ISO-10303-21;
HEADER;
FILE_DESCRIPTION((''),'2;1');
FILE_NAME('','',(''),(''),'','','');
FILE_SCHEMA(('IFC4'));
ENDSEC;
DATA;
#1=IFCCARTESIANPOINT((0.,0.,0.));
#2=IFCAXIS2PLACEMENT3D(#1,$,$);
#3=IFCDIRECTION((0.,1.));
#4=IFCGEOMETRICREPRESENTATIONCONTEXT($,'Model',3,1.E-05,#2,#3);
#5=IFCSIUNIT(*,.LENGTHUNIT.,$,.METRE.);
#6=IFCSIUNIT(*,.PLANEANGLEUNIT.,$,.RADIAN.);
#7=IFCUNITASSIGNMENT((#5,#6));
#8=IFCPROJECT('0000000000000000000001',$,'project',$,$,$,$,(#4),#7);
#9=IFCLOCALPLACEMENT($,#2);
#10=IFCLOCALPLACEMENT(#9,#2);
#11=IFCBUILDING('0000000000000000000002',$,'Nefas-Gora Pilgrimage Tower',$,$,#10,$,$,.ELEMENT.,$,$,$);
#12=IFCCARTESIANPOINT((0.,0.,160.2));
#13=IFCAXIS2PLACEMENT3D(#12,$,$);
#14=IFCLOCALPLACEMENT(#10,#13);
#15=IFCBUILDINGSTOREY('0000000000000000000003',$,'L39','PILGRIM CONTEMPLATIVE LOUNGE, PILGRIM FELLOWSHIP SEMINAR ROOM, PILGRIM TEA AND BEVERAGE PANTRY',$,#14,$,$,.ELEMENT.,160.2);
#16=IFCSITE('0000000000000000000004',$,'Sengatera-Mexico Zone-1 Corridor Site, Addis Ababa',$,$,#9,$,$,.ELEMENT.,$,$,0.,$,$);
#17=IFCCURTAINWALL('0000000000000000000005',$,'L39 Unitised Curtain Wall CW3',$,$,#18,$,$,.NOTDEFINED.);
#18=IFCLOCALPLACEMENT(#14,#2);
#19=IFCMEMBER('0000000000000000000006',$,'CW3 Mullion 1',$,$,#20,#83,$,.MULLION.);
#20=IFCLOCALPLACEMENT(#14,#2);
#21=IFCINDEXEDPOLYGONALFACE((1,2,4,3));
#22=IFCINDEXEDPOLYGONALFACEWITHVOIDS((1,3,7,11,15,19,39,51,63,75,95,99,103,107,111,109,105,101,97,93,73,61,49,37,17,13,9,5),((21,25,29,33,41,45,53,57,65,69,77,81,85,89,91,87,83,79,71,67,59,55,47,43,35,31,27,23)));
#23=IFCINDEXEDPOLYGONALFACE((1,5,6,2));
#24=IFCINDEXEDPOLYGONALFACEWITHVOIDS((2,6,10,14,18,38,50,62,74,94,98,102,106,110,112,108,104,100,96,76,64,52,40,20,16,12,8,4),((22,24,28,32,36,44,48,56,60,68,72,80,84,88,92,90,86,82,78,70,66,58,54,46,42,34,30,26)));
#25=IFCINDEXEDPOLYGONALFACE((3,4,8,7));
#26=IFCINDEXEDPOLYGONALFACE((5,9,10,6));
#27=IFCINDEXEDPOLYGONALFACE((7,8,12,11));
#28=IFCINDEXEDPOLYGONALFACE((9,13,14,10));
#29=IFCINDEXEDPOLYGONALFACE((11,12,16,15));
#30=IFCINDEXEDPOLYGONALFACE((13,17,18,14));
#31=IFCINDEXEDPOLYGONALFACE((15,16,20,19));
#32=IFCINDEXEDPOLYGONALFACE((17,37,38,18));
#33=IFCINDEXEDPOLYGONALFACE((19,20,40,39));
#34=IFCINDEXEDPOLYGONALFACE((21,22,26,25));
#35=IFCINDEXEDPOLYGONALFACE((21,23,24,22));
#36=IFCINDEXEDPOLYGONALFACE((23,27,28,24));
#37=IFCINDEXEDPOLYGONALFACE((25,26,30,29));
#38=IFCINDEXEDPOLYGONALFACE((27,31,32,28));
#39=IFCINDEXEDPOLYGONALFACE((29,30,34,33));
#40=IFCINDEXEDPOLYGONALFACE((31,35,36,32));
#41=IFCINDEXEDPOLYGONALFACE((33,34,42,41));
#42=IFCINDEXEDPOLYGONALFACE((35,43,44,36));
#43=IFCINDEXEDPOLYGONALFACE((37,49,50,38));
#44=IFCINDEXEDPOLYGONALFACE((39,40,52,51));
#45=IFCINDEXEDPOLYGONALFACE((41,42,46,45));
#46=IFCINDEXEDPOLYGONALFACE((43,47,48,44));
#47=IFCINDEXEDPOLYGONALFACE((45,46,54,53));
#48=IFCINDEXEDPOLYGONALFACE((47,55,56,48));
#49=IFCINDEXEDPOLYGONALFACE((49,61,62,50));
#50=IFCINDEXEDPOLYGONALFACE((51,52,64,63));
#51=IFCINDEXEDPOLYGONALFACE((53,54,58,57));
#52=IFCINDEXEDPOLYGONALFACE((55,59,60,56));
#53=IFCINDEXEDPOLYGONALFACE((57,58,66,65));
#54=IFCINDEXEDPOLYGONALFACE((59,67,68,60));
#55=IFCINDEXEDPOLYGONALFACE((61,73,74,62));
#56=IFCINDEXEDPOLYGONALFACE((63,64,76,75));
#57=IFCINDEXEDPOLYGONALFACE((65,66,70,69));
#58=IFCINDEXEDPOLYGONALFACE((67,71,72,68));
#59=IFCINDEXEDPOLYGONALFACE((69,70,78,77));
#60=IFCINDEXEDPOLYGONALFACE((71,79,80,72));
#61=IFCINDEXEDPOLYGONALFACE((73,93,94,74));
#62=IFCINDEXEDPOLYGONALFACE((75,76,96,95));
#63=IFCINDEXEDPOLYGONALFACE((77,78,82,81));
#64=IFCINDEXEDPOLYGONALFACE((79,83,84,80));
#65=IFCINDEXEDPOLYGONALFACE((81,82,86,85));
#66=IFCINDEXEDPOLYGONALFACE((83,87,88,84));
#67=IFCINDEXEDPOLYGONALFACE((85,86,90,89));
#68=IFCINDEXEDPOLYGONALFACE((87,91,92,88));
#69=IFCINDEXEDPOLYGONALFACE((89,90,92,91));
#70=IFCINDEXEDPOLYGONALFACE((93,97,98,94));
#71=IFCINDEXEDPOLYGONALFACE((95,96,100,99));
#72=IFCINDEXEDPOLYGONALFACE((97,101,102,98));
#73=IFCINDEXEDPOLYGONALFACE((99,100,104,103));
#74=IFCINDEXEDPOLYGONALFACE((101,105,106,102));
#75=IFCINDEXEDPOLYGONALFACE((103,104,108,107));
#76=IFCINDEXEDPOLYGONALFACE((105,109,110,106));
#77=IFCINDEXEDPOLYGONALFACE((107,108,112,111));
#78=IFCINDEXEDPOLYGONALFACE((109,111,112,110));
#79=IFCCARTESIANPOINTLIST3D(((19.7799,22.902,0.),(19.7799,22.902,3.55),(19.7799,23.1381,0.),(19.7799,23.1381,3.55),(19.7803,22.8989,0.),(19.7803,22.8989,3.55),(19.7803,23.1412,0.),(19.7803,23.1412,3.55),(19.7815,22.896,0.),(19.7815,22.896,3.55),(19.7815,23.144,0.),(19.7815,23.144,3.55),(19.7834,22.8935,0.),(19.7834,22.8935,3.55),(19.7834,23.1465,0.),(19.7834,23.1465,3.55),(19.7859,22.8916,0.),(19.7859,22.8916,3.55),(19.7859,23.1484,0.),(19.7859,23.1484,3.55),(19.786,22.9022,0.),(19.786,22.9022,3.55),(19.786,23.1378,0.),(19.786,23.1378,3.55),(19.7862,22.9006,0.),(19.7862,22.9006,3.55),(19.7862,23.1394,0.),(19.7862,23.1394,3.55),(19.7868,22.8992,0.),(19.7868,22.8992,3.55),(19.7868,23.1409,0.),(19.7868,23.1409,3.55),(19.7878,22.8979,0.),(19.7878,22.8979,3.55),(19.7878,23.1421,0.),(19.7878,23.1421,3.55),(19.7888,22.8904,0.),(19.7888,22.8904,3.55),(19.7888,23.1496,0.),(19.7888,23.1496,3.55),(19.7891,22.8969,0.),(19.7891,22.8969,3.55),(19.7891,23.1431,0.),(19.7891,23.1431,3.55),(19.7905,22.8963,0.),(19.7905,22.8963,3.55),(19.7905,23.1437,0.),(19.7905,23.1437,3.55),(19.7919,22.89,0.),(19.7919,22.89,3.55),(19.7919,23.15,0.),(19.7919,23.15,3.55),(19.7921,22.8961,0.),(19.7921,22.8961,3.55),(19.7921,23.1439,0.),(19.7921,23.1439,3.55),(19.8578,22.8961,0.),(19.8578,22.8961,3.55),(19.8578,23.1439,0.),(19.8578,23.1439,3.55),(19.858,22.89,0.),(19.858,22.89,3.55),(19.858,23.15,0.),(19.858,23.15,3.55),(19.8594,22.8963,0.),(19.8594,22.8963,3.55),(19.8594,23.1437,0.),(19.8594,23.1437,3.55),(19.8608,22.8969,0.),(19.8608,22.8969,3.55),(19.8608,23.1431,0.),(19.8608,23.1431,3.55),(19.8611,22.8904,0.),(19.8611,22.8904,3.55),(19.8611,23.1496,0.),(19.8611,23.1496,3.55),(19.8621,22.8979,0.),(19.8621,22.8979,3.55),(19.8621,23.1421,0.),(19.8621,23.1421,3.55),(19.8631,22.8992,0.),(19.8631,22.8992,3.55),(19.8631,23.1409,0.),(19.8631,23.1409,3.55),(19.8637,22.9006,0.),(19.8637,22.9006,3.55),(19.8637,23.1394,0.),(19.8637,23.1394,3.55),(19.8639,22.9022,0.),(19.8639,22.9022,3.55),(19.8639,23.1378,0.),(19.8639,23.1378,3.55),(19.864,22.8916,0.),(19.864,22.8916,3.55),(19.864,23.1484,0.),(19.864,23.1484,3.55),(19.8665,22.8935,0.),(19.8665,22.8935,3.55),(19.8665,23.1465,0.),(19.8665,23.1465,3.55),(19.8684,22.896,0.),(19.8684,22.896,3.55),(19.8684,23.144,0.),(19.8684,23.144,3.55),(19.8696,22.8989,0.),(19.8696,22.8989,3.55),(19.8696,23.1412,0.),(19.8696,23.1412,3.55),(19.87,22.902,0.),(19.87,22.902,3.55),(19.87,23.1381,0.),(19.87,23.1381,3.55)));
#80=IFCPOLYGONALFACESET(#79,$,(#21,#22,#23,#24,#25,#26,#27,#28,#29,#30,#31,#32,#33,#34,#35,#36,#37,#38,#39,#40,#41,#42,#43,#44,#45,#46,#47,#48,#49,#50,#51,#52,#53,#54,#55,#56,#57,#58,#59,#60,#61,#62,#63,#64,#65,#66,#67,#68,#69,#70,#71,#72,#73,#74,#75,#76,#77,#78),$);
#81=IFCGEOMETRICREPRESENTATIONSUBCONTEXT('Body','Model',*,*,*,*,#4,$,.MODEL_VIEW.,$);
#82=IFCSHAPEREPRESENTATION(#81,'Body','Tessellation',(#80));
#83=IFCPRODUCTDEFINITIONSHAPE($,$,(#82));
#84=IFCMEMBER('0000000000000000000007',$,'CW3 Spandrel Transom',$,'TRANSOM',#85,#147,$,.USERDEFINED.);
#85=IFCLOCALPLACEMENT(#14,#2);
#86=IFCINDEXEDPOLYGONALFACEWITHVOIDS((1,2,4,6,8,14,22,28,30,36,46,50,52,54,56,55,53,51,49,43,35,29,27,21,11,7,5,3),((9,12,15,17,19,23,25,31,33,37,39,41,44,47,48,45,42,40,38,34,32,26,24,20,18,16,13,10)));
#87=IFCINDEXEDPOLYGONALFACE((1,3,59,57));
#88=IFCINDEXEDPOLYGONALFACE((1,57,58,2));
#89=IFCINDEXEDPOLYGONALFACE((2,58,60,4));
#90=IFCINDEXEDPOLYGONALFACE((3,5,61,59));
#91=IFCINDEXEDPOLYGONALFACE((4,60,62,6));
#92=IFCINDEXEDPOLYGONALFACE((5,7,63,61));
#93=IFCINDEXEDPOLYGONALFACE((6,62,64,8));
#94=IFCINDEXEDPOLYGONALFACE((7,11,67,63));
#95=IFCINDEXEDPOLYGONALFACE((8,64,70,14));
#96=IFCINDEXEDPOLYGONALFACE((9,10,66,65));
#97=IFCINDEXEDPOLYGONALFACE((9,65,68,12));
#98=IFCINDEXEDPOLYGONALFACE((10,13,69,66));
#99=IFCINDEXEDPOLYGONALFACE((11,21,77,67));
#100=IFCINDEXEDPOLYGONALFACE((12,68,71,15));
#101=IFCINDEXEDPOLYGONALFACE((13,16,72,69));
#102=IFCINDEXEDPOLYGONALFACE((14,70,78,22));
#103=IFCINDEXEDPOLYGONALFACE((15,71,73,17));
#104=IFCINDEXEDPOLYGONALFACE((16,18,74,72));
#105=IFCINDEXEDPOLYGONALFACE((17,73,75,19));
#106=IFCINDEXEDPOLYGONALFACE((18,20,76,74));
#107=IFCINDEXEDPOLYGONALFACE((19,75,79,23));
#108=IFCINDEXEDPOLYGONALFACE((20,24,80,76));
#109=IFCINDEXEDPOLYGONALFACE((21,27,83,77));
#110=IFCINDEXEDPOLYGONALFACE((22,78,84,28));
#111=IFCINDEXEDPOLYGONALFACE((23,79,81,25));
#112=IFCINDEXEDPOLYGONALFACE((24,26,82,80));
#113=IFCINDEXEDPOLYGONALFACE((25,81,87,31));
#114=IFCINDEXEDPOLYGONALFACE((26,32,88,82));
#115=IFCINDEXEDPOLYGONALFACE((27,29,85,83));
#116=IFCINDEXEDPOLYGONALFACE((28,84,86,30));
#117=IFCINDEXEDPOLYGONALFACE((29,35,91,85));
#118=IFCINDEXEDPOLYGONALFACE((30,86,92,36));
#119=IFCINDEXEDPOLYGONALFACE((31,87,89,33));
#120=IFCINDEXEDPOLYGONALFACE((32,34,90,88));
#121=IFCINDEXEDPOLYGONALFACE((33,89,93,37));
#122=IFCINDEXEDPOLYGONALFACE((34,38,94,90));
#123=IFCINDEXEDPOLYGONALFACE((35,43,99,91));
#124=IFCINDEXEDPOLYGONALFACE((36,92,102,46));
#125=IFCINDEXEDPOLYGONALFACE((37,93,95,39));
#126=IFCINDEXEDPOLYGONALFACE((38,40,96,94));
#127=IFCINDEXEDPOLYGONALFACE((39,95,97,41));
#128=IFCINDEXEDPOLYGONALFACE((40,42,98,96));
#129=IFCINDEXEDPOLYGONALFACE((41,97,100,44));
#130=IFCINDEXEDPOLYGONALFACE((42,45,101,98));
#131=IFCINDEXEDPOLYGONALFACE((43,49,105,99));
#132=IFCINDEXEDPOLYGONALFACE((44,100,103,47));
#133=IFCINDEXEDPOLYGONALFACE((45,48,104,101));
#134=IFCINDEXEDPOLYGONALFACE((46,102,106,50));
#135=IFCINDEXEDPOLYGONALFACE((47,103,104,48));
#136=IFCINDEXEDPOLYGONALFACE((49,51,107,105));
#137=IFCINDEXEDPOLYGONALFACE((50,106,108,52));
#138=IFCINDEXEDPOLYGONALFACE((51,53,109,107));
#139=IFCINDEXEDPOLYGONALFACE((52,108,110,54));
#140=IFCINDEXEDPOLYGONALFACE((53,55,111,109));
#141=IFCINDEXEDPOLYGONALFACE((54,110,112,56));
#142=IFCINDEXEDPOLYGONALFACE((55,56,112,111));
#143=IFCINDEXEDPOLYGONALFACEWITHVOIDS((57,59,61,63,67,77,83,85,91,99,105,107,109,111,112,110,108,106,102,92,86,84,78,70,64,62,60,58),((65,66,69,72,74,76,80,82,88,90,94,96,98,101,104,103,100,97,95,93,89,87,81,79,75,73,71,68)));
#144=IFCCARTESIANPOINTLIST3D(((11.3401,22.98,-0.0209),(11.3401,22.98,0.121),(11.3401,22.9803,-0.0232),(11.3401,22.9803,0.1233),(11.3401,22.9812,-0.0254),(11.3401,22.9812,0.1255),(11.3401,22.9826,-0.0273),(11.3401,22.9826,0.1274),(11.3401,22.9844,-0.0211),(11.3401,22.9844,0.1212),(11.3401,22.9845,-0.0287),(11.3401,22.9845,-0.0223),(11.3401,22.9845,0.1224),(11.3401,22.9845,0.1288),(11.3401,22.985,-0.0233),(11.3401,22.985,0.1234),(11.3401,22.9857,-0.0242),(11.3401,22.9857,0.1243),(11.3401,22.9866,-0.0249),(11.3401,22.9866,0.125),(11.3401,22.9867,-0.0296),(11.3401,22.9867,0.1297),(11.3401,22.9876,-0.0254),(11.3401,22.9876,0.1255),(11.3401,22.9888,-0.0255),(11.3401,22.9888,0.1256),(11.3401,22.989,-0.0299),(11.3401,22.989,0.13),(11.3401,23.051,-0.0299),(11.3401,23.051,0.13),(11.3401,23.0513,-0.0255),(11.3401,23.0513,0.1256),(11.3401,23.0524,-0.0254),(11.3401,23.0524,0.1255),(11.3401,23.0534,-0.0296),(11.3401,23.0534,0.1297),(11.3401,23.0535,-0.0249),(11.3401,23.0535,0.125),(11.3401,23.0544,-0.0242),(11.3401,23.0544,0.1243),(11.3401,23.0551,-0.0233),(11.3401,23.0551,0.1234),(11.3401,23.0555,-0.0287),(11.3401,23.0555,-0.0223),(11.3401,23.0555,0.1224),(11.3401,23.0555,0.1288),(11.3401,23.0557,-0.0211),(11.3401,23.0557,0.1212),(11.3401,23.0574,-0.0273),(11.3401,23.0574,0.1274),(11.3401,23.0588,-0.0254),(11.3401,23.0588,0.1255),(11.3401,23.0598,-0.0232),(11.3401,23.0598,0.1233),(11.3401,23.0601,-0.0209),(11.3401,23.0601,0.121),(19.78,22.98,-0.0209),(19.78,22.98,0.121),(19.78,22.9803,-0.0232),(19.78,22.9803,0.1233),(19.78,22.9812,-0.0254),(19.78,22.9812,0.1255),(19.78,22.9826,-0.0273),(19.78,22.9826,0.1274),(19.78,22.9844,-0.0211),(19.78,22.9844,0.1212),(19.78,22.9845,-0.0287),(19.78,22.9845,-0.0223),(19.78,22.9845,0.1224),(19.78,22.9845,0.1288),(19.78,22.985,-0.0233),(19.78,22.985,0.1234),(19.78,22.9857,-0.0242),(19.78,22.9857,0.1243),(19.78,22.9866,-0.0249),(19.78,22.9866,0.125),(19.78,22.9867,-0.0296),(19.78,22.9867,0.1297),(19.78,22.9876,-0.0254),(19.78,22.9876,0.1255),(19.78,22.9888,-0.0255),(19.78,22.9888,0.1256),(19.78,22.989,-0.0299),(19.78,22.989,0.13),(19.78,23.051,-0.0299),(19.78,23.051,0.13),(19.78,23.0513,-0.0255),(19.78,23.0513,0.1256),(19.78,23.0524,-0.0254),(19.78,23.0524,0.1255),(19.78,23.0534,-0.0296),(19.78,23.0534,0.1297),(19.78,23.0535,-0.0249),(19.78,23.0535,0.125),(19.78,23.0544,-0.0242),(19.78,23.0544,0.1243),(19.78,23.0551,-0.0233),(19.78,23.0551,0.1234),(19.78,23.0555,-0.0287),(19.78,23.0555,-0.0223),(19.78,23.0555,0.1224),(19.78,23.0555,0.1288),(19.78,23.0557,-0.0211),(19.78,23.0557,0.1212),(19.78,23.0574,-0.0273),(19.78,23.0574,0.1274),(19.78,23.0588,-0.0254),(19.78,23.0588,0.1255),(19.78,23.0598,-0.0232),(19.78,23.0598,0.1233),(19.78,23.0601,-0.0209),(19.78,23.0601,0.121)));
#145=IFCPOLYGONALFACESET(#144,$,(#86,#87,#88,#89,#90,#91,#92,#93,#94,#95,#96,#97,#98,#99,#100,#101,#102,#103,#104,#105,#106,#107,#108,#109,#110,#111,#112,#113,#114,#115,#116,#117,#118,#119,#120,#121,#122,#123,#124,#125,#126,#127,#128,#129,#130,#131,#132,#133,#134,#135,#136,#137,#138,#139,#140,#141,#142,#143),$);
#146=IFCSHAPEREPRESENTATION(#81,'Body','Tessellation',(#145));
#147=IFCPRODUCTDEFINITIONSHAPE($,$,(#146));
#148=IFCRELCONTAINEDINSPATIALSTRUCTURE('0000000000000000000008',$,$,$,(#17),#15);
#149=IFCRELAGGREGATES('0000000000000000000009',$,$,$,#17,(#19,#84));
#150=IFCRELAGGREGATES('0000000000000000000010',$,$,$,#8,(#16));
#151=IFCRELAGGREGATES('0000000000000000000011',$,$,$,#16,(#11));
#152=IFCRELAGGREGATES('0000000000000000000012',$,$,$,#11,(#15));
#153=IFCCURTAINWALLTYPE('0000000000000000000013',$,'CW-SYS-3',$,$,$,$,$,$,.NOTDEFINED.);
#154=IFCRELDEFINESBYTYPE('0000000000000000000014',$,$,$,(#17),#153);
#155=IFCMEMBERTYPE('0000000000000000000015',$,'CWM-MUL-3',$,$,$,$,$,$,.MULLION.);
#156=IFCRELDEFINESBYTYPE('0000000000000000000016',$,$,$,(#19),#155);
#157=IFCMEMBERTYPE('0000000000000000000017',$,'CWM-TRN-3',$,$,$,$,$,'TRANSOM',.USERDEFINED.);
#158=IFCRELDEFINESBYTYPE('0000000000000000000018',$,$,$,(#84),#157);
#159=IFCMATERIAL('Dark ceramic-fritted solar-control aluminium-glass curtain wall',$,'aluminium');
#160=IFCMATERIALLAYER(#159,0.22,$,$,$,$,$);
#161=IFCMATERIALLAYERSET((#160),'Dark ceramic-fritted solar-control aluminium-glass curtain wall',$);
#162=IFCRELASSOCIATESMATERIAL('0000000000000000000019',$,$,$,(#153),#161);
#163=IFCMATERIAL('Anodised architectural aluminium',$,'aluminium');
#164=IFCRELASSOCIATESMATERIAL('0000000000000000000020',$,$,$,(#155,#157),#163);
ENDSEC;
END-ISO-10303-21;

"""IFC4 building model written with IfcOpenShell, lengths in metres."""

from ifc_helpers import new_model, si_unit, direction, frame, origin, origin_2d, place, context, subcontext, project, spatial, hollow_rectangle, extrude, source, transform, mapped, material, layer, layer_set, material_profile, profile_set, type_object, element, aggregate, save


model = new_model("IFC4")

# Units and contexts
model_context = context("Model", 3, precision=1e-05, world=origin(), true_north=direction((0.0, 1.0)))
body_context = subcontext(model_context, "Body", "Model", "MODEL_VIEW")
ifc_project = project(units=[si_unit("LENGTHUNIT", "METRE"), si_unit("PLANEANGLEUNIT", "RADIAN")], contexts=[model_context])

# Site, building, storey
site_placement = place(None, origin())
site = spatial("IfcSite", under=ifc_project, at=site_placement, Name="Sengatera-Mexico Zone-1 Corridor Site, Addis Ababa", CompositionType="ELEMENT", RefElevation=0.0)
building_placement = place(site_placement, origin())
building = spatial("IfcBuilding", under=site, at=building_placement, Name="Nefas-Gora Pilgrimage Tower", CompositionType="ELEMENT")
storey_placement = place(building_placement, frame((0.0, 0.0, 160.2)))
storey = spatial("IfcBuildingStorey", under=building, at=storey_placement, Name="L39", Description="PILGRIM CONTEMPLATIVE LOUNGE, PILGRIM FELLOWSHIP SEMINAR ROOM, PILGRIM TEA AND BEVERAGE PANTRY", CompositionType="ELEMENT", Elevation=160.2)

# Curtain wall, members
ifc_material_1 = material(Name="Dark ceramic-fritted solar-control aluminium-glass curtain wall", Category="aluminium")
ifc_layer_1 = layer(ifc_material_1, 0.22)
ifc_layer_set_1 = layer_set([ifc_layer_1], Name="Dark ceramic-fritted solar-control aluminium-glass curtain wall")
curtain_wall_type = type_object("IfcCurtainWallType", Name="CW-SYS-3", PredefinedType="NOTDEFINED", material=ifc_layer_set_1)
ifc_material_2 = material(Name="Anodised architectural aluminium", Category="aluminium")
ifc_material_profile_1 = material_profile(ifc_material_2, hollow_rectangle(XDim=0.0901, YDim=0.26, WallThickness=0.0061, InnerFilletRadius=0.0061, OuterFilletRadius=0.012, at=origin_2d()), Name="ALU MULLION 90x260")
ifc_profile_set_1 = profile_set([ifc_material_profile_1], Name="Anodised architectural aluminium")
member_type_1 = type_object("IfcMemberType", Name="CWM-MUL-3", PredefinedType="MULLION", material=ifc_profile_set_1)
shared_shape_1 = source(origin(), body_context, "Body", "SweptSolid", [
    extrude(hollow_rectangle(XDim=0.0901, YDim=0.26, WallThickness=0.0061, InnerFilletRadius=0.0061, OuterFilletRadius=0.012, at=origin_2d()), origin(), (0.0, 0.0, 1.0), 3.55),
])
curtain_wall_1_placement = place(storey_placement, origin())
curtain_wall_1 = element("IfcCurtainWall", 1, at=curtain_wall_1_placement, inside=storey, type_object=curtain_wall_type, Name="L39 Unitised Curtain Wall CW3", PredefinedType="NOTDEFINED")
member_1_placement = place(storey_placement, frame((19.825, 23.02, 0.0), z_axis=(0.0, 0.0, 1.0), x_axis=(-1.0, 0.0, 0.0)))
member_1 = element("IfcMember", 2, at=member_1_placement, type_object=member_type_1, Name="CW3 Mullion 1", PredefinedType="MULLION", context=body_context, shape_type="MappedRepresentation", body=[
    mapped(shared_shape_1, transform((0.0, 0.0, 0.0), x_axis=(1.0, 0.0, 0.0), y_axis=(0.0, 1.0, 0.0), z_axis=(0.0, 0.0, 1.0), scale=1.0)),
])
ifc_material_profile_2 = material_profile(ifc_material_2, hollow_rectangle(XDim=0.0801, YDim=0.1599, WallThickness=0.0044, InnerFilletRadius=0.0044, OuterFilletRadius=0.009, at=origin_2d()), Name="ALU TRANSOM 80x160")
ifc_profile_set_2 = profile_set([ifc_material_profile_2], Name="Anodised architectural aluminium")
member_type_2 = type_object("IfcMemberType", Name="CWM-TRN-3", ElementType="TRANSOM", PredefinedType="USERDEFINED", material=ifc_profile_set_2)
shared_shape_2 = source(origin(), body_context, "Body", "SweptSolid", [
    extrude(hollow_rectangle(XDim=0.0801, YDim=0.1599, WallThickness=0.0044, InnerFilletRadius=0.0044, OuterFilletRadius=0.009, at=origin_2d()), origin(), (0.0, 0.0, 1.0), 8.4399),
])
member_2_placement = place(storey_placement, frame((19.78, 23.02, 0.05), z_axis=(-1.0, 0.0, 0.0), x_axis=(0.0, -1.0, 0.0)))
member_2 = element("IfcMember", 3, at=member_2_placement, type_object=member_type_2, Name="CW3 Spandrel Transom", ObjectType="TRANSOM", PredefinedType="USERDEFINED", context=body_context, shape_type="MappedRepresentation", body=[
    mapped(shared_shape_2, transform((0.0, 0.0, 0.0), x_axis=(1.0, 0.0, 0.0), y_axis=(0.0, 1.0, 0.0), z_axis=(0.0, 0.0, 1.0), scale=1.0)),
])

aggregate(curtain_wall_1, [member_1, member_2])

save(model, "model.ifc")
